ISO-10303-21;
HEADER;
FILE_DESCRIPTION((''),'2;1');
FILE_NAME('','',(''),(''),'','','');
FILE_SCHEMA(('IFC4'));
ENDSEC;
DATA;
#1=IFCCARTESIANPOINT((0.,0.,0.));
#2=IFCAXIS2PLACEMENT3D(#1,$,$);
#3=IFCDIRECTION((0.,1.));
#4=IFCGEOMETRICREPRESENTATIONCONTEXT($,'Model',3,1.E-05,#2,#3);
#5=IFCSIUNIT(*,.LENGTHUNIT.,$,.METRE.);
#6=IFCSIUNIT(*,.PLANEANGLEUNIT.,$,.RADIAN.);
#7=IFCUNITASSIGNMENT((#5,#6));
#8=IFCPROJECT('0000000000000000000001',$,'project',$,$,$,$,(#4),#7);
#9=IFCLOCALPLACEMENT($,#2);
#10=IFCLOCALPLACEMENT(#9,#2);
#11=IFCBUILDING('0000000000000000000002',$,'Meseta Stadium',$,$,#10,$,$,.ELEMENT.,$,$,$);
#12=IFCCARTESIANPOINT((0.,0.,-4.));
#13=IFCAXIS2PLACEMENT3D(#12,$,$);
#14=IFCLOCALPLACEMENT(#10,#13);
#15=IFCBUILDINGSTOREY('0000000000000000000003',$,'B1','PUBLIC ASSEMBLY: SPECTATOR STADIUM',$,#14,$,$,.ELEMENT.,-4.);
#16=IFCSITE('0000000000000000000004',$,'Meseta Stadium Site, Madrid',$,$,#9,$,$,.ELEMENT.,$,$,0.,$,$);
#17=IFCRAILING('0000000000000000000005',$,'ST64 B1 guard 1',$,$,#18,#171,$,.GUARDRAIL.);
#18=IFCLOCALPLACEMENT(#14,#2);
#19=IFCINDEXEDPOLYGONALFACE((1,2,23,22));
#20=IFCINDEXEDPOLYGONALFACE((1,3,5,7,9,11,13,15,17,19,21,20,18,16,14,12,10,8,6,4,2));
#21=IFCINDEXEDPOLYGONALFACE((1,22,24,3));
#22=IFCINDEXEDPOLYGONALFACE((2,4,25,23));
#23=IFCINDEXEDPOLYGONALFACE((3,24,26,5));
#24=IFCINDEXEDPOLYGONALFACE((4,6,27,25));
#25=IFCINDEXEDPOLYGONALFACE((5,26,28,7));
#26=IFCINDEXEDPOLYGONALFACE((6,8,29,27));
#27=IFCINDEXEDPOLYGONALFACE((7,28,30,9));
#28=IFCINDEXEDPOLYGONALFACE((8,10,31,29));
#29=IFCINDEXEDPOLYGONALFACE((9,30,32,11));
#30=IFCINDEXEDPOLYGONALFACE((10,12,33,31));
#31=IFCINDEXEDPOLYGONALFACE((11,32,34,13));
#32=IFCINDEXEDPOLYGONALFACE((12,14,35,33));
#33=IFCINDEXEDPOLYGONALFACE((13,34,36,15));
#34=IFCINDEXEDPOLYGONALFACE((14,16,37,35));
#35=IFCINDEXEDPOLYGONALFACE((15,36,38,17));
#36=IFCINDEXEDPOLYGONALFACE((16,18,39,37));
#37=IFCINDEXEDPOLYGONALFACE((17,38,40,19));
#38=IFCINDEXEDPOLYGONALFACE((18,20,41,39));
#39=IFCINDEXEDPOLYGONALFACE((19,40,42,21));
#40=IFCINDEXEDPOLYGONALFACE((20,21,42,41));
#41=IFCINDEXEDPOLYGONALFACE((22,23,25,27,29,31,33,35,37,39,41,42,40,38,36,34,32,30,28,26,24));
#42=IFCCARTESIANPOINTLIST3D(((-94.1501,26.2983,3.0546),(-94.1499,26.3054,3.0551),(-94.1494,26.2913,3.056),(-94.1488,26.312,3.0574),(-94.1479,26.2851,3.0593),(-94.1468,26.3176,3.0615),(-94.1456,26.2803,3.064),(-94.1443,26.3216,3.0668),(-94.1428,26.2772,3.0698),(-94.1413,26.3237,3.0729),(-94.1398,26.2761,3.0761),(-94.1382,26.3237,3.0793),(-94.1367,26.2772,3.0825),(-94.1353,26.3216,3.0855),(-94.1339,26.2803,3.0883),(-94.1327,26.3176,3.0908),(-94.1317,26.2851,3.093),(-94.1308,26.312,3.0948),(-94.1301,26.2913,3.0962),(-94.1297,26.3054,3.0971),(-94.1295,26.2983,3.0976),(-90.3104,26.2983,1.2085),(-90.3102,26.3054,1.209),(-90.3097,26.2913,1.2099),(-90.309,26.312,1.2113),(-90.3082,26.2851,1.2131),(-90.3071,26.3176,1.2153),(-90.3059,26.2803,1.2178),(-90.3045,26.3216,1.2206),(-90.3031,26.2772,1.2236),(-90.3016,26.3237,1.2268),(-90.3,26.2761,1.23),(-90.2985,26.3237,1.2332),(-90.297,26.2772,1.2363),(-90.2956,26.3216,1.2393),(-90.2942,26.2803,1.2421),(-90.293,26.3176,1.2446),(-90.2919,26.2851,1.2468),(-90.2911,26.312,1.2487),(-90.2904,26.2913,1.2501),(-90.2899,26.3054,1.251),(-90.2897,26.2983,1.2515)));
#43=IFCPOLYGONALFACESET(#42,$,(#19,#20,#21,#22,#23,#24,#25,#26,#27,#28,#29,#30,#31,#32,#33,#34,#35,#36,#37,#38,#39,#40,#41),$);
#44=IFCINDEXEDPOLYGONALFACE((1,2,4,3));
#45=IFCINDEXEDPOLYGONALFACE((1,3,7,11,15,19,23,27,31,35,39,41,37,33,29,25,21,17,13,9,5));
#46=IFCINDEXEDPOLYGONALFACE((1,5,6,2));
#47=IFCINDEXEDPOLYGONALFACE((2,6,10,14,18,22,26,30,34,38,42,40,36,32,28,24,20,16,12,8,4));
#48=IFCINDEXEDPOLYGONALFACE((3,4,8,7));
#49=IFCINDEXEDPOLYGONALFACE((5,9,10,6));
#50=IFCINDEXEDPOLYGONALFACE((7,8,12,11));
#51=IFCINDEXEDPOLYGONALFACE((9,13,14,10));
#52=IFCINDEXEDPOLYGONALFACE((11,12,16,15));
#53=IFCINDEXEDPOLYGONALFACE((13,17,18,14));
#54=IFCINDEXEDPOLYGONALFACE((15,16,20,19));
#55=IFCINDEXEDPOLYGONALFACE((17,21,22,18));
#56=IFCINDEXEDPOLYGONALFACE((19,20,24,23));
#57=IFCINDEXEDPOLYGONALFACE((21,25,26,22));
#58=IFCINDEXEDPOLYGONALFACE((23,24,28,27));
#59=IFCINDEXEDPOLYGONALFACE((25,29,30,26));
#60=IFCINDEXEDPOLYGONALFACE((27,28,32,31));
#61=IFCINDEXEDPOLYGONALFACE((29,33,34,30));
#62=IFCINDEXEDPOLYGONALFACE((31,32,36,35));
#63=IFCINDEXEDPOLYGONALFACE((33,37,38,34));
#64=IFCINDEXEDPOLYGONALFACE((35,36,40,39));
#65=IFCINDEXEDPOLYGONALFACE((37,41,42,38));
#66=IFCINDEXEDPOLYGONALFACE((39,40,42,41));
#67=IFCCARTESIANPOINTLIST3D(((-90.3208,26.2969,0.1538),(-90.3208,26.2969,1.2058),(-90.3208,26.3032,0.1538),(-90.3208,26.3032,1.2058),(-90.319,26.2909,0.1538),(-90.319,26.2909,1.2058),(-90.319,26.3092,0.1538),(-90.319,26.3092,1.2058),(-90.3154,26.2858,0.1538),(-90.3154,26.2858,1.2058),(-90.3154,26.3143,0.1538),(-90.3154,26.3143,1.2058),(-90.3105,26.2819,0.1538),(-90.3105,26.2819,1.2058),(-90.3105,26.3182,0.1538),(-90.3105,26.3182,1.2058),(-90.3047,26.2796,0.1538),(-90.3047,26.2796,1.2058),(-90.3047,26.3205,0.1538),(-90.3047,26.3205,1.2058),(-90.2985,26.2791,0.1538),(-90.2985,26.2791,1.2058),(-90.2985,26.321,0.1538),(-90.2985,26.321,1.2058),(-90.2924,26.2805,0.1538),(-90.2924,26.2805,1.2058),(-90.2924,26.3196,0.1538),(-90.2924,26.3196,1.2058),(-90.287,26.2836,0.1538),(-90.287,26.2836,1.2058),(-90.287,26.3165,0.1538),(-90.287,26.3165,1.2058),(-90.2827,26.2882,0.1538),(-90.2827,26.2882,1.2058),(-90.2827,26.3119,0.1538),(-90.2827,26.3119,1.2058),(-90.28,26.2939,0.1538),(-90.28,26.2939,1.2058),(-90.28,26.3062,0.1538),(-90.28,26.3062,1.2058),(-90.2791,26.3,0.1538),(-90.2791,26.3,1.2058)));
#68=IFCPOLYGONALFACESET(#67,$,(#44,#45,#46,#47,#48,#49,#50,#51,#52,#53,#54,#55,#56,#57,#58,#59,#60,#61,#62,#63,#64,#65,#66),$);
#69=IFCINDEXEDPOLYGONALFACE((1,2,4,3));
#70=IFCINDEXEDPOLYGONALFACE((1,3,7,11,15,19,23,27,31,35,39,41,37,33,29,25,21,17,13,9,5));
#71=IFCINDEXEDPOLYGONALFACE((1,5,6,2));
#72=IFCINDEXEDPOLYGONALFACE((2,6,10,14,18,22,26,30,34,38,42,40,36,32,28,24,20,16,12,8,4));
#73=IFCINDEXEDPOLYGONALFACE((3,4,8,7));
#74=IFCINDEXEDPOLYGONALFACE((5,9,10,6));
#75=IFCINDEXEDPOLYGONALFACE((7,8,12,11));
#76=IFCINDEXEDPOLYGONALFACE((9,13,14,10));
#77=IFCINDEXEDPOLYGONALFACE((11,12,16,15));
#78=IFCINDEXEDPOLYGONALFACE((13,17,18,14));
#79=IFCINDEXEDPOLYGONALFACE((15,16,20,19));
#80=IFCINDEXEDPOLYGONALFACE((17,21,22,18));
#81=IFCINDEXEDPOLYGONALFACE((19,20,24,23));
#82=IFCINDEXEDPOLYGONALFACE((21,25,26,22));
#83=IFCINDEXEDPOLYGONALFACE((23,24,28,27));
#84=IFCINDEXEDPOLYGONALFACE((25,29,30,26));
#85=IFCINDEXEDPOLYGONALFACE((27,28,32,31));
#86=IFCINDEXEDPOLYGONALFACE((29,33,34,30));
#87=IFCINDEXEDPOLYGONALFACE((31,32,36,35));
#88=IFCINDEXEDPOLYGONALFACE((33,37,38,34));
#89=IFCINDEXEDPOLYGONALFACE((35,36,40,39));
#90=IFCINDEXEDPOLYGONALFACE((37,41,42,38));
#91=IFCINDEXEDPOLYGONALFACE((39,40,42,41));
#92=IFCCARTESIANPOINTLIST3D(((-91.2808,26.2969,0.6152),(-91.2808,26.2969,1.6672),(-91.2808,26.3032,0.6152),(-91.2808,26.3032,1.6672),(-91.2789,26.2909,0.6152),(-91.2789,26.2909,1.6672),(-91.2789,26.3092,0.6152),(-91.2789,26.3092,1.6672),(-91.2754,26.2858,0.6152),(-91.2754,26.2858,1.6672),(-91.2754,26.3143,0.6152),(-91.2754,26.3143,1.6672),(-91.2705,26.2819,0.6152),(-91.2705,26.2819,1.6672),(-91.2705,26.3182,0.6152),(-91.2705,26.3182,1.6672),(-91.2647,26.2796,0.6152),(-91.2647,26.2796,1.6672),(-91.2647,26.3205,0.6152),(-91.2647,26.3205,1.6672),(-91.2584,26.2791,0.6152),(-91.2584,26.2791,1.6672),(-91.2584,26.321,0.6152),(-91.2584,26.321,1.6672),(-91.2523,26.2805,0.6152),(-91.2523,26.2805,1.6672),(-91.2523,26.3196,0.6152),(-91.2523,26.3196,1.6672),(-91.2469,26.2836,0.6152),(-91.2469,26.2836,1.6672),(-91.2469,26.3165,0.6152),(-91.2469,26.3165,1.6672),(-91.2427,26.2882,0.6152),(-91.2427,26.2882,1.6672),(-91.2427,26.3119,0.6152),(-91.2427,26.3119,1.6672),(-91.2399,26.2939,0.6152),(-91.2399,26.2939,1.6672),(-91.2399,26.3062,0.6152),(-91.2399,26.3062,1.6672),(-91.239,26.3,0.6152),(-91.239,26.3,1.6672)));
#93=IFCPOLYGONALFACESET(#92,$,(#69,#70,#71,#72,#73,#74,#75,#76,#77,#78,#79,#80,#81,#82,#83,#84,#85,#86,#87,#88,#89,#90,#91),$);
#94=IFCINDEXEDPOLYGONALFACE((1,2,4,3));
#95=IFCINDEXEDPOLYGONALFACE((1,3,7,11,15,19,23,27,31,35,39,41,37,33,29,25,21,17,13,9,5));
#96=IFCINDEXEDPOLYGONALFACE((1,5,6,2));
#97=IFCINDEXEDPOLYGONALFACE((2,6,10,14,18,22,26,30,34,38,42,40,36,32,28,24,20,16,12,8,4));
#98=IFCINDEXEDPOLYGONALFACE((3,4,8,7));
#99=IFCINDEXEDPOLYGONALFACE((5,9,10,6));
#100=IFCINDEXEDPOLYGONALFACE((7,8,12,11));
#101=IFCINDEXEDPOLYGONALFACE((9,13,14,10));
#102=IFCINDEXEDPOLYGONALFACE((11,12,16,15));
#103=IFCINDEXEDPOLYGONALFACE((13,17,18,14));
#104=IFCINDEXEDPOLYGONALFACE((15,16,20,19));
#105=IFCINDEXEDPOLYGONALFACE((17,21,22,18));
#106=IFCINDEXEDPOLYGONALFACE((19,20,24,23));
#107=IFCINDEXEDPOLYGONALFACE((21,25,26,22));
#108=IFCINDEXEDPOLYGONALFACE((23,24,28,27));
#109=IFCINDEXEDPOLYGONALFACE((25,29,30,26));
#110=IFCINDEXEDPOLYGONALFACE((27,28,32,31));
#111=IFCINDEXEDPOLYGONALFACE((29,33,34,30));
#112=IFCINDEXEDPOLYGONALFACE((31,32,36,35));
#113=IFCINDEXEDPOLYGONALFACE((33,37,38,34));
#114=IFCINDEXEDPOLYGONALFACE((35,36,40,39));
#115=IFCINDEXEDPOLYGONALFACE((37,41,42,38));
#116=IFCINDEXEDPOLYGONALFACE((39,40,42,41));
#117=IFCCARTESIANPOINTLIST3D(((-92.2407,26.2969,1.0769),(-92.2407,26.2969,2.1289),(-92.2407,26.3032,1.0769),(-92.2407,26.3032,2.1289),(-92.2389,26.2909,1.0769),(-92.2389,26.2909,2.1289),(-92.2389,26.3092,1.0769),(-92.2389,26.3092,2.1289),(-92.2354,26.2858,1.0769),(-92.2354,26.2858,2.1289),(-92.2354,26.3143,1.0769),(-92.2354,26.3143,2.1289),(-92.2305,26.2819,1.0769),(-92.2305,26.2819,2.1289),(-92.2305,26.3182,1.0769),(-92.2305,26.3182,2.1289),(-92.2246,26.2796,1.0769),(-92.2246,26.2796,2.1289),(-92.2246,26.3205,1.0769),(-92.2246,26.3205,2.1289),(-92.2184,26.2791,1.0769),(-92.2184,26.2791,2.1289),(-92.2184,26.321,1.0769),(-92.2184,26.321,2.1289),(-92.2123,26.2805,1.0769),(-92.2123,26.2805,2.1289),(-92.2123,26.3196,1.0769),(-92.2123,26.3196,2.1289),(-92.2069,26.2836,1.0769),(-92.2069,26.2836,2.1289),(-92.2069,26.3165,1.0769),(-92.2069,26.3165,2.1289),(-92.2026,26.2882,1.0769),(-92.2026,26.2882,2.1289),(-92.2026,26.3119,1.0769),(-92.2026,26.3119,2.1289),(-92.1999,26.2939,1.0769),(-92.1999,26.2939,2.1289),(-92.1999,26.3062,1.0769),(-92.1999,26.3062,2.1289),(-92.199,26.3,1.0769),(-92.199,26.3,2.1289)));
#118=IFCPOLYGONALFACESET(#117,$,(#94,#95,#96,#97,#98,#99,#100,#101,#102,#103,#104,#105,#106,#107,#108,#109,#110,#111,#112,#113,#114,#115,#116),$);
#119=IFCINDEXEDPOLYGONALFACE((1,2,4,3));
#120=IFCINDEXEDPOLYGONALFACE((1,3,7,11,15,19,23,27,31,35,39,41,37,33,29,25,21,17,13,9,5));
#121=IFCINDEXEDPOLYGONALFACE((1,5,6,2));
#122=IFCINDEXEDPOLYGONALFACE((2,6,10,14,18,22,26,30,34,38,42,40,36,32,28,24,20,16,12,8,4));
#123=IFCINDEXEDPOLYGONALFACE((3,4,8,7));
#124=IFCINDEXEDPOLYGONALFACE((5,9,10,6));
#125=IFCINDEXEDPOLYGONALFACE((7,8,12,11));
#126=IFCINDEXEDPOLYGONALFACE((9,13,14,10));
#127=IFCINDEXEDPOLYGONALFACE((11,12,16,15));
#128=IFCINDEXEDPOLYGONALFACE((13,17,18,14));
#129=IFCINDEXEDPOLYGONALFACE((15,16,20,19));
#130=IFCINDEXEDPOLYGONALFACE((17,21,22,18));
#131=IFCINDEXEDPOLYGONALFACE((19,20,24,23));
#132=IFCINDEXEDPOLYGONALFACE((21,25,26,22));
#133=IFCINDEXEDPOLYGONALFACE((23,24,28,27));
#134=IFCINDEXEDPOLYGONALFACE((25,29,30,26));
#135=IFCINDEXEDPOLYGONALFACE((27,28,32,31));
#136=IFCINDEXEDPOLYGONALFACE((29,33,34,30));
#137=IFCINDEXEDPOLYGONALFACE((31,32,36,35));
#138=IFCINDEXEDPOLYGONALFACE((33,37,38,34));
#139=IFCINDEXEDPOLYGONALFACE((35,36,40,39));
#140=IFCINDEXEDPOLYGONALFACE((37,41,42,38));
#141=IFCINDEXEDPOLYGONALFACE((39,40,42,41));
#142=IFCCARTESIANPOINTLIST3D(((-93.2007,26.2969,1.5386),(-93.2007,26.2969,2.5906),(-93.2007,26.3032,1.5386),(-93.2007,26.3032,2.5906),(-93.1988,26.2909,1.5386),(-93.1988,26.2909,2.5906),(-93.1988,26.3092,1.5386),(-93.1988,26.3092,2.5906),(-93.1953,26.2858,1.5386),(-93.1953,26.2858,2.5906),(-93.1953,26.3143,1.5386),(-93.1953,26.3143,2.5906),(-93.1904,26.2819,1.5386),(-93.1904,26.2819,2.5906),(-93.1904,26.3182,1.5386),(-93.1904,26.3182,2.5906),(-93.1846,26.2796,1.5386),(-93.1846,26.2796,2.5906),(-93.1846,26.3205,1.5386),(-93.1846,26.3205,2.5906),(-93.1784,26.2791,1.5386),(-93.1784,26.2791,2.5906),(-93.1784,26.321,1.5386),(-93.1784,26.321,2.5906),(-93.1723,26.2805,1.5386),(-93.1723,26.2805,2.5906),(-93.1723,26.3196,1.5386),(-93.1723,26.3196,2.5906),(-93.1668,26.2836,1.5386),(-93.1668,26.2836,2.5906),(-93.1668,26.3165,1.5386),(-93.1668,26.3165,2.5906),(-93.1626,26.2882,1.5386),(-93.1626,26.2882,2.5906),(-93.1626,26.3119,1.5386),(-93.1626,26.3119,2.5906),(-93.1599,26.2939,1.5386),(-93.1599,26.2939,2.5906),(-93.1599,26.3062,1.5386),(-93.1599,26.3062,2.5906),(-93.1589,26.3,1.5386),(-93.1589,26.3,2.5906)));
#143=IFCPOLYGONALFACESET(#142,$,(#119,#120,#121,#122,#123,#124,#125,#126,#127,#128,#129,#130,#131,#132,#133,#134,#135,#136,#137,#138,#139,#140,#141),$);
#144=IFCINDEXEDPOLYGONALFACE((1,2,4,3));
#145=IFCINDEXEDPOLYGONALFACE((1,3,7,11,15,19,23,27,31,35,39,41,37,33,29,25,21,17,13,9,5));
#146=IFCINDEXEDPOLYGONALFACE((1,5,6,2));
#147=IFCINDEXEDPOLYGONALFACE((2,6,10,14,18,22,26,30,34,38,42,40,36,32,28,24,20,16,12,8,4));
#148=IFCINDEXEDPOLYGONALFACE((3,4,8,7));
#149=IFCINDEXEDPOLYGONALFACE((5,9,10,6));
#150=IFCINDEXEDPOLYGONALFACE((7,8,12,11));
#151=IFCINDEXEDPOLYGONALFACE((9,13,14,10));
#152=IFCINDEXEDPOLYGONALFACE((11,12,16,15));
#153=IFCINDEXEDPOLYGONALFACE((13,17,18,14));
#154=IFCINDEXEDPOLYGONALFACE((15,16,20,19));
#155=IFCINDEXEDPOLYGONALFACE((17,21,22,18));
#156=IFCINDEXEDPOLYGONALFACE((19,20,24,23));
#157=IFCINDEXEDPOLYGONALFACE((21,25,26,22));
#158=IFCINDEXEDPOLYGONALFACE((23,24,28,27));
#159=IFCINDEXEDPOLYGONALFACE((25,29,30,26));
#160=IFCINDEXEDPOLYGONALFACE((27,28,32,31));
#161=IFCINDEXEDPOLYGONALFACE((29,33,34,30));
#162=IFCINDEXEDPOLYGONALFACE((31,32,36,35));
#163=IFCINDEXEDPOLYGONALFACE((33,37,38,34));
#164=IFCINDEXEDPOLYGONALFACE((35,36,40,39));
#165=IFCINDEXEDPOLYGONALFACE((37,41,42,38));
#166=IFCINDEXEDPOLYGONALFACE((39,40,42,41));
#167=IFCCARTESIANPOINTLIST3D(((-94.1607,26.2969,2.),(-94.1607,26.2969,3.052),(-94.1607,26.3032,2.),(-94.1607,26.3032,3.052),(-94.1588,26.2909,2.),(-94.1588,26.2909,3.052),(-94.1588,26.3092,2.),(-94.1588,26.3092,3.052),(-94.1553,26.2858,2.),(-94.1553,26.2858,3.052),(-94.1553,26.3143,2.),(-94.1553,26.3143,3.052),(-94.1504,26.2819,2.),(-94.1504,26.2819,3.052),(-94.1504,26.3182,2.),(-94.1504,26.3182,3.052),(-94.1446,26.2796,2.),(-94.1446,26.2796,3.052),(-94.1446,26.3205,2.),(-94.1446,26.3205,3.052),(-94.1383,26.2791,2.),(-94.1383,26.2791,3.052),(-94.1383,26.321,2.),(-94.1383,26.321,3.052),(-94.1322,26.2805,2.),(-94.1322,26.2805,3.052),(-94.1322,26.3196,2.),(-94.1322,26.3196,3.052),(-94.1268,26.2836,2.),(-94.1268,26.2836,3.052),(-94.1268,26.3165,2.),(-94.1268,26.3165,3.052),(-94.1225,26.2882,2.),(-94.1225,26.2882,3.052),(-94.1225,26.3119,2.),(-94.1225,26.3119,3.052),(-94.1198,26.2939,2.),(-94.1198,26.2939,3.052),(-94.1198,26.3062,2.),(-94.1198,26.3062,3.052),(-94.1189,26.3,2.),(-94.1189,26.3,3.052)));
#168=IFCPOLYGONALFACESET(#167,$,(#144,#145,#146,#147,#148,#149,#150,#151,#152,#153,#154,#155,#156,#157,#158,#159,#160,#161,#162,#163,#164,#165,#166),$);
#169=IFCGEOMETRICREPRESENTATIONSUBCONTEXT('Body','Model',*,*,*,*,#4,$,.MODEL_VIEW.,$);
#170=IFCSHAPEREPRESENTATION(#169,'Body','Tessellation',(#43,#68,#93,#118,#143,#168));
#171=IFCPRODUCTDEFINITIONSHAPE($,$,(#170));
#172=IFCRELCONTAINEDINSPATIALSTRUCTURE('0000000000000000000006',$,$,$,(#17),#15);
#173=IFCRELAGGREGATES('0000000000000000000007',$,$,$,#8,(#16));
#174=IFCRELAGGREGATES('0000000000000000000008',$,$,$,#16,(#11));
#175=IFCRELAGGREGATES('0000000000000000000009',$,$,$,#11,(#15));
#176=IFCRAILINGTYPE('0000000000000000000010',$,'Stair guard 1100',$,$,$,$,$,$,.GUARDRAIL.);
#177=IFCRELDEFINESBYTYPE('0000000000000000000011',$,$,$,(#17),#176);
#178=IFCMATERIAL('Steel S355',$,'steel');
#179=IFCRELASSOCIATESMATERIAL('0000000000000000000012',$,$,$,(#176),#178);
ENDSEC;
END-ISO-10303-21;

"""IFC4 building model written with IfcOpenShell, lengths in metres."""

from ifc_helpers import new_model, si_unit, direction, frame, origin, origin_2d, place, context, subcontext, project, spatial, circle, extrude, material, type_object, element, save


model = new_model("IFC4")

# Units and contexts
model_context = context("Model", 3, precision=1e-05, world=origin(), true_north=direction((0.0, 1.0)))
body_context = subcontext(model_context, "Body", "Model", "MODEL_VIEW")
ifc_project = project(units=[si_unit("LENGTHUNIT", "METRE"), si_unit("PLANEANGLEUNIT", "RADIAN")], contexts=[model_context])

# Site, building, storey
site_placement = place(None, origin())
site = spatial("IfcSite", under=ifc_project, at=site_placement, Name="Meseta Stadium Site, Madrid", CompositionType="ELEMENT", RefElevation=0.0)
building_placement = place(site_placement, origin())
building = spatial("IfcBuilding", under=site, at=building_placement, Name="Meseta Stadium", CompositionType="ELEMENT")
storey_placement = place(building_placement, frame((0.0, 0.0, -4.0)))
storey = spatial("IfcBuildingStorey", under=building, at=storey_placement, Name="B1", Description="PUBLIC ASSEMBLY: SPECTATOR STADIUM", CompositionType="ELEMENT", Elevation=-4.0)

# Railing
ifc_material_1 = material(Name="Steel S355", Category="steel")
railing_type_1 = type_object("IfcRailingType", Name="Stair guard 1100", PredefinedType="GUARDRAIL", material=ifc_material_1)
railing_1_placement = place(storey_placement, frame((-90.3, 26.3, 0.1538)))
element("IfcRailing", 1, at=railing_1_placement, inside=storey, type_object=railing_type_1, Name="ST64 B1 guard 1", PredefinedType="GUARDRAIL", context=body_context, shape_type="SweptSolid", body=[
    extrude(circle(Radius=0.0239, at=origin_2d()), frame((0.0, 0.0, 1.0762), z_axis=(-0.901242, 0.0, 0.433316), x_axis=(0.0, -1.0, 0.0)), (0.0, 0.0, 1.0), 4.2605),
    extrude(circle(Radius=0.021, at=origin_2d()), origin(), (0.0, 0.0, 1.0), 1.052),
    extrude(circle(Radius=0.021, at=origin_2d()), frame((-0.96, 0.0, 0.4614)), (0.0, 0.0, 1.0), 1.052),
    extrude(circle(Radius=0.021, at=origin_2d()), frame((-1.9199, 0.0, 0.9231)), (0.0, 0.0, 1.0), 1.052),
    extrude(circle(Radius=0.021, at=origin_2d()), frame((-2.8799, 0.0, 1.3848)), (0.0, 0.0, 1.0), 1.052),
    extrude(circle(Radius=0.021, at=origin_2d()), frame((-3.8398, 0.0, 1.8462)), (0.0, 0.0, 1.0), 1.052),
])

save(model, "model.ifc")
